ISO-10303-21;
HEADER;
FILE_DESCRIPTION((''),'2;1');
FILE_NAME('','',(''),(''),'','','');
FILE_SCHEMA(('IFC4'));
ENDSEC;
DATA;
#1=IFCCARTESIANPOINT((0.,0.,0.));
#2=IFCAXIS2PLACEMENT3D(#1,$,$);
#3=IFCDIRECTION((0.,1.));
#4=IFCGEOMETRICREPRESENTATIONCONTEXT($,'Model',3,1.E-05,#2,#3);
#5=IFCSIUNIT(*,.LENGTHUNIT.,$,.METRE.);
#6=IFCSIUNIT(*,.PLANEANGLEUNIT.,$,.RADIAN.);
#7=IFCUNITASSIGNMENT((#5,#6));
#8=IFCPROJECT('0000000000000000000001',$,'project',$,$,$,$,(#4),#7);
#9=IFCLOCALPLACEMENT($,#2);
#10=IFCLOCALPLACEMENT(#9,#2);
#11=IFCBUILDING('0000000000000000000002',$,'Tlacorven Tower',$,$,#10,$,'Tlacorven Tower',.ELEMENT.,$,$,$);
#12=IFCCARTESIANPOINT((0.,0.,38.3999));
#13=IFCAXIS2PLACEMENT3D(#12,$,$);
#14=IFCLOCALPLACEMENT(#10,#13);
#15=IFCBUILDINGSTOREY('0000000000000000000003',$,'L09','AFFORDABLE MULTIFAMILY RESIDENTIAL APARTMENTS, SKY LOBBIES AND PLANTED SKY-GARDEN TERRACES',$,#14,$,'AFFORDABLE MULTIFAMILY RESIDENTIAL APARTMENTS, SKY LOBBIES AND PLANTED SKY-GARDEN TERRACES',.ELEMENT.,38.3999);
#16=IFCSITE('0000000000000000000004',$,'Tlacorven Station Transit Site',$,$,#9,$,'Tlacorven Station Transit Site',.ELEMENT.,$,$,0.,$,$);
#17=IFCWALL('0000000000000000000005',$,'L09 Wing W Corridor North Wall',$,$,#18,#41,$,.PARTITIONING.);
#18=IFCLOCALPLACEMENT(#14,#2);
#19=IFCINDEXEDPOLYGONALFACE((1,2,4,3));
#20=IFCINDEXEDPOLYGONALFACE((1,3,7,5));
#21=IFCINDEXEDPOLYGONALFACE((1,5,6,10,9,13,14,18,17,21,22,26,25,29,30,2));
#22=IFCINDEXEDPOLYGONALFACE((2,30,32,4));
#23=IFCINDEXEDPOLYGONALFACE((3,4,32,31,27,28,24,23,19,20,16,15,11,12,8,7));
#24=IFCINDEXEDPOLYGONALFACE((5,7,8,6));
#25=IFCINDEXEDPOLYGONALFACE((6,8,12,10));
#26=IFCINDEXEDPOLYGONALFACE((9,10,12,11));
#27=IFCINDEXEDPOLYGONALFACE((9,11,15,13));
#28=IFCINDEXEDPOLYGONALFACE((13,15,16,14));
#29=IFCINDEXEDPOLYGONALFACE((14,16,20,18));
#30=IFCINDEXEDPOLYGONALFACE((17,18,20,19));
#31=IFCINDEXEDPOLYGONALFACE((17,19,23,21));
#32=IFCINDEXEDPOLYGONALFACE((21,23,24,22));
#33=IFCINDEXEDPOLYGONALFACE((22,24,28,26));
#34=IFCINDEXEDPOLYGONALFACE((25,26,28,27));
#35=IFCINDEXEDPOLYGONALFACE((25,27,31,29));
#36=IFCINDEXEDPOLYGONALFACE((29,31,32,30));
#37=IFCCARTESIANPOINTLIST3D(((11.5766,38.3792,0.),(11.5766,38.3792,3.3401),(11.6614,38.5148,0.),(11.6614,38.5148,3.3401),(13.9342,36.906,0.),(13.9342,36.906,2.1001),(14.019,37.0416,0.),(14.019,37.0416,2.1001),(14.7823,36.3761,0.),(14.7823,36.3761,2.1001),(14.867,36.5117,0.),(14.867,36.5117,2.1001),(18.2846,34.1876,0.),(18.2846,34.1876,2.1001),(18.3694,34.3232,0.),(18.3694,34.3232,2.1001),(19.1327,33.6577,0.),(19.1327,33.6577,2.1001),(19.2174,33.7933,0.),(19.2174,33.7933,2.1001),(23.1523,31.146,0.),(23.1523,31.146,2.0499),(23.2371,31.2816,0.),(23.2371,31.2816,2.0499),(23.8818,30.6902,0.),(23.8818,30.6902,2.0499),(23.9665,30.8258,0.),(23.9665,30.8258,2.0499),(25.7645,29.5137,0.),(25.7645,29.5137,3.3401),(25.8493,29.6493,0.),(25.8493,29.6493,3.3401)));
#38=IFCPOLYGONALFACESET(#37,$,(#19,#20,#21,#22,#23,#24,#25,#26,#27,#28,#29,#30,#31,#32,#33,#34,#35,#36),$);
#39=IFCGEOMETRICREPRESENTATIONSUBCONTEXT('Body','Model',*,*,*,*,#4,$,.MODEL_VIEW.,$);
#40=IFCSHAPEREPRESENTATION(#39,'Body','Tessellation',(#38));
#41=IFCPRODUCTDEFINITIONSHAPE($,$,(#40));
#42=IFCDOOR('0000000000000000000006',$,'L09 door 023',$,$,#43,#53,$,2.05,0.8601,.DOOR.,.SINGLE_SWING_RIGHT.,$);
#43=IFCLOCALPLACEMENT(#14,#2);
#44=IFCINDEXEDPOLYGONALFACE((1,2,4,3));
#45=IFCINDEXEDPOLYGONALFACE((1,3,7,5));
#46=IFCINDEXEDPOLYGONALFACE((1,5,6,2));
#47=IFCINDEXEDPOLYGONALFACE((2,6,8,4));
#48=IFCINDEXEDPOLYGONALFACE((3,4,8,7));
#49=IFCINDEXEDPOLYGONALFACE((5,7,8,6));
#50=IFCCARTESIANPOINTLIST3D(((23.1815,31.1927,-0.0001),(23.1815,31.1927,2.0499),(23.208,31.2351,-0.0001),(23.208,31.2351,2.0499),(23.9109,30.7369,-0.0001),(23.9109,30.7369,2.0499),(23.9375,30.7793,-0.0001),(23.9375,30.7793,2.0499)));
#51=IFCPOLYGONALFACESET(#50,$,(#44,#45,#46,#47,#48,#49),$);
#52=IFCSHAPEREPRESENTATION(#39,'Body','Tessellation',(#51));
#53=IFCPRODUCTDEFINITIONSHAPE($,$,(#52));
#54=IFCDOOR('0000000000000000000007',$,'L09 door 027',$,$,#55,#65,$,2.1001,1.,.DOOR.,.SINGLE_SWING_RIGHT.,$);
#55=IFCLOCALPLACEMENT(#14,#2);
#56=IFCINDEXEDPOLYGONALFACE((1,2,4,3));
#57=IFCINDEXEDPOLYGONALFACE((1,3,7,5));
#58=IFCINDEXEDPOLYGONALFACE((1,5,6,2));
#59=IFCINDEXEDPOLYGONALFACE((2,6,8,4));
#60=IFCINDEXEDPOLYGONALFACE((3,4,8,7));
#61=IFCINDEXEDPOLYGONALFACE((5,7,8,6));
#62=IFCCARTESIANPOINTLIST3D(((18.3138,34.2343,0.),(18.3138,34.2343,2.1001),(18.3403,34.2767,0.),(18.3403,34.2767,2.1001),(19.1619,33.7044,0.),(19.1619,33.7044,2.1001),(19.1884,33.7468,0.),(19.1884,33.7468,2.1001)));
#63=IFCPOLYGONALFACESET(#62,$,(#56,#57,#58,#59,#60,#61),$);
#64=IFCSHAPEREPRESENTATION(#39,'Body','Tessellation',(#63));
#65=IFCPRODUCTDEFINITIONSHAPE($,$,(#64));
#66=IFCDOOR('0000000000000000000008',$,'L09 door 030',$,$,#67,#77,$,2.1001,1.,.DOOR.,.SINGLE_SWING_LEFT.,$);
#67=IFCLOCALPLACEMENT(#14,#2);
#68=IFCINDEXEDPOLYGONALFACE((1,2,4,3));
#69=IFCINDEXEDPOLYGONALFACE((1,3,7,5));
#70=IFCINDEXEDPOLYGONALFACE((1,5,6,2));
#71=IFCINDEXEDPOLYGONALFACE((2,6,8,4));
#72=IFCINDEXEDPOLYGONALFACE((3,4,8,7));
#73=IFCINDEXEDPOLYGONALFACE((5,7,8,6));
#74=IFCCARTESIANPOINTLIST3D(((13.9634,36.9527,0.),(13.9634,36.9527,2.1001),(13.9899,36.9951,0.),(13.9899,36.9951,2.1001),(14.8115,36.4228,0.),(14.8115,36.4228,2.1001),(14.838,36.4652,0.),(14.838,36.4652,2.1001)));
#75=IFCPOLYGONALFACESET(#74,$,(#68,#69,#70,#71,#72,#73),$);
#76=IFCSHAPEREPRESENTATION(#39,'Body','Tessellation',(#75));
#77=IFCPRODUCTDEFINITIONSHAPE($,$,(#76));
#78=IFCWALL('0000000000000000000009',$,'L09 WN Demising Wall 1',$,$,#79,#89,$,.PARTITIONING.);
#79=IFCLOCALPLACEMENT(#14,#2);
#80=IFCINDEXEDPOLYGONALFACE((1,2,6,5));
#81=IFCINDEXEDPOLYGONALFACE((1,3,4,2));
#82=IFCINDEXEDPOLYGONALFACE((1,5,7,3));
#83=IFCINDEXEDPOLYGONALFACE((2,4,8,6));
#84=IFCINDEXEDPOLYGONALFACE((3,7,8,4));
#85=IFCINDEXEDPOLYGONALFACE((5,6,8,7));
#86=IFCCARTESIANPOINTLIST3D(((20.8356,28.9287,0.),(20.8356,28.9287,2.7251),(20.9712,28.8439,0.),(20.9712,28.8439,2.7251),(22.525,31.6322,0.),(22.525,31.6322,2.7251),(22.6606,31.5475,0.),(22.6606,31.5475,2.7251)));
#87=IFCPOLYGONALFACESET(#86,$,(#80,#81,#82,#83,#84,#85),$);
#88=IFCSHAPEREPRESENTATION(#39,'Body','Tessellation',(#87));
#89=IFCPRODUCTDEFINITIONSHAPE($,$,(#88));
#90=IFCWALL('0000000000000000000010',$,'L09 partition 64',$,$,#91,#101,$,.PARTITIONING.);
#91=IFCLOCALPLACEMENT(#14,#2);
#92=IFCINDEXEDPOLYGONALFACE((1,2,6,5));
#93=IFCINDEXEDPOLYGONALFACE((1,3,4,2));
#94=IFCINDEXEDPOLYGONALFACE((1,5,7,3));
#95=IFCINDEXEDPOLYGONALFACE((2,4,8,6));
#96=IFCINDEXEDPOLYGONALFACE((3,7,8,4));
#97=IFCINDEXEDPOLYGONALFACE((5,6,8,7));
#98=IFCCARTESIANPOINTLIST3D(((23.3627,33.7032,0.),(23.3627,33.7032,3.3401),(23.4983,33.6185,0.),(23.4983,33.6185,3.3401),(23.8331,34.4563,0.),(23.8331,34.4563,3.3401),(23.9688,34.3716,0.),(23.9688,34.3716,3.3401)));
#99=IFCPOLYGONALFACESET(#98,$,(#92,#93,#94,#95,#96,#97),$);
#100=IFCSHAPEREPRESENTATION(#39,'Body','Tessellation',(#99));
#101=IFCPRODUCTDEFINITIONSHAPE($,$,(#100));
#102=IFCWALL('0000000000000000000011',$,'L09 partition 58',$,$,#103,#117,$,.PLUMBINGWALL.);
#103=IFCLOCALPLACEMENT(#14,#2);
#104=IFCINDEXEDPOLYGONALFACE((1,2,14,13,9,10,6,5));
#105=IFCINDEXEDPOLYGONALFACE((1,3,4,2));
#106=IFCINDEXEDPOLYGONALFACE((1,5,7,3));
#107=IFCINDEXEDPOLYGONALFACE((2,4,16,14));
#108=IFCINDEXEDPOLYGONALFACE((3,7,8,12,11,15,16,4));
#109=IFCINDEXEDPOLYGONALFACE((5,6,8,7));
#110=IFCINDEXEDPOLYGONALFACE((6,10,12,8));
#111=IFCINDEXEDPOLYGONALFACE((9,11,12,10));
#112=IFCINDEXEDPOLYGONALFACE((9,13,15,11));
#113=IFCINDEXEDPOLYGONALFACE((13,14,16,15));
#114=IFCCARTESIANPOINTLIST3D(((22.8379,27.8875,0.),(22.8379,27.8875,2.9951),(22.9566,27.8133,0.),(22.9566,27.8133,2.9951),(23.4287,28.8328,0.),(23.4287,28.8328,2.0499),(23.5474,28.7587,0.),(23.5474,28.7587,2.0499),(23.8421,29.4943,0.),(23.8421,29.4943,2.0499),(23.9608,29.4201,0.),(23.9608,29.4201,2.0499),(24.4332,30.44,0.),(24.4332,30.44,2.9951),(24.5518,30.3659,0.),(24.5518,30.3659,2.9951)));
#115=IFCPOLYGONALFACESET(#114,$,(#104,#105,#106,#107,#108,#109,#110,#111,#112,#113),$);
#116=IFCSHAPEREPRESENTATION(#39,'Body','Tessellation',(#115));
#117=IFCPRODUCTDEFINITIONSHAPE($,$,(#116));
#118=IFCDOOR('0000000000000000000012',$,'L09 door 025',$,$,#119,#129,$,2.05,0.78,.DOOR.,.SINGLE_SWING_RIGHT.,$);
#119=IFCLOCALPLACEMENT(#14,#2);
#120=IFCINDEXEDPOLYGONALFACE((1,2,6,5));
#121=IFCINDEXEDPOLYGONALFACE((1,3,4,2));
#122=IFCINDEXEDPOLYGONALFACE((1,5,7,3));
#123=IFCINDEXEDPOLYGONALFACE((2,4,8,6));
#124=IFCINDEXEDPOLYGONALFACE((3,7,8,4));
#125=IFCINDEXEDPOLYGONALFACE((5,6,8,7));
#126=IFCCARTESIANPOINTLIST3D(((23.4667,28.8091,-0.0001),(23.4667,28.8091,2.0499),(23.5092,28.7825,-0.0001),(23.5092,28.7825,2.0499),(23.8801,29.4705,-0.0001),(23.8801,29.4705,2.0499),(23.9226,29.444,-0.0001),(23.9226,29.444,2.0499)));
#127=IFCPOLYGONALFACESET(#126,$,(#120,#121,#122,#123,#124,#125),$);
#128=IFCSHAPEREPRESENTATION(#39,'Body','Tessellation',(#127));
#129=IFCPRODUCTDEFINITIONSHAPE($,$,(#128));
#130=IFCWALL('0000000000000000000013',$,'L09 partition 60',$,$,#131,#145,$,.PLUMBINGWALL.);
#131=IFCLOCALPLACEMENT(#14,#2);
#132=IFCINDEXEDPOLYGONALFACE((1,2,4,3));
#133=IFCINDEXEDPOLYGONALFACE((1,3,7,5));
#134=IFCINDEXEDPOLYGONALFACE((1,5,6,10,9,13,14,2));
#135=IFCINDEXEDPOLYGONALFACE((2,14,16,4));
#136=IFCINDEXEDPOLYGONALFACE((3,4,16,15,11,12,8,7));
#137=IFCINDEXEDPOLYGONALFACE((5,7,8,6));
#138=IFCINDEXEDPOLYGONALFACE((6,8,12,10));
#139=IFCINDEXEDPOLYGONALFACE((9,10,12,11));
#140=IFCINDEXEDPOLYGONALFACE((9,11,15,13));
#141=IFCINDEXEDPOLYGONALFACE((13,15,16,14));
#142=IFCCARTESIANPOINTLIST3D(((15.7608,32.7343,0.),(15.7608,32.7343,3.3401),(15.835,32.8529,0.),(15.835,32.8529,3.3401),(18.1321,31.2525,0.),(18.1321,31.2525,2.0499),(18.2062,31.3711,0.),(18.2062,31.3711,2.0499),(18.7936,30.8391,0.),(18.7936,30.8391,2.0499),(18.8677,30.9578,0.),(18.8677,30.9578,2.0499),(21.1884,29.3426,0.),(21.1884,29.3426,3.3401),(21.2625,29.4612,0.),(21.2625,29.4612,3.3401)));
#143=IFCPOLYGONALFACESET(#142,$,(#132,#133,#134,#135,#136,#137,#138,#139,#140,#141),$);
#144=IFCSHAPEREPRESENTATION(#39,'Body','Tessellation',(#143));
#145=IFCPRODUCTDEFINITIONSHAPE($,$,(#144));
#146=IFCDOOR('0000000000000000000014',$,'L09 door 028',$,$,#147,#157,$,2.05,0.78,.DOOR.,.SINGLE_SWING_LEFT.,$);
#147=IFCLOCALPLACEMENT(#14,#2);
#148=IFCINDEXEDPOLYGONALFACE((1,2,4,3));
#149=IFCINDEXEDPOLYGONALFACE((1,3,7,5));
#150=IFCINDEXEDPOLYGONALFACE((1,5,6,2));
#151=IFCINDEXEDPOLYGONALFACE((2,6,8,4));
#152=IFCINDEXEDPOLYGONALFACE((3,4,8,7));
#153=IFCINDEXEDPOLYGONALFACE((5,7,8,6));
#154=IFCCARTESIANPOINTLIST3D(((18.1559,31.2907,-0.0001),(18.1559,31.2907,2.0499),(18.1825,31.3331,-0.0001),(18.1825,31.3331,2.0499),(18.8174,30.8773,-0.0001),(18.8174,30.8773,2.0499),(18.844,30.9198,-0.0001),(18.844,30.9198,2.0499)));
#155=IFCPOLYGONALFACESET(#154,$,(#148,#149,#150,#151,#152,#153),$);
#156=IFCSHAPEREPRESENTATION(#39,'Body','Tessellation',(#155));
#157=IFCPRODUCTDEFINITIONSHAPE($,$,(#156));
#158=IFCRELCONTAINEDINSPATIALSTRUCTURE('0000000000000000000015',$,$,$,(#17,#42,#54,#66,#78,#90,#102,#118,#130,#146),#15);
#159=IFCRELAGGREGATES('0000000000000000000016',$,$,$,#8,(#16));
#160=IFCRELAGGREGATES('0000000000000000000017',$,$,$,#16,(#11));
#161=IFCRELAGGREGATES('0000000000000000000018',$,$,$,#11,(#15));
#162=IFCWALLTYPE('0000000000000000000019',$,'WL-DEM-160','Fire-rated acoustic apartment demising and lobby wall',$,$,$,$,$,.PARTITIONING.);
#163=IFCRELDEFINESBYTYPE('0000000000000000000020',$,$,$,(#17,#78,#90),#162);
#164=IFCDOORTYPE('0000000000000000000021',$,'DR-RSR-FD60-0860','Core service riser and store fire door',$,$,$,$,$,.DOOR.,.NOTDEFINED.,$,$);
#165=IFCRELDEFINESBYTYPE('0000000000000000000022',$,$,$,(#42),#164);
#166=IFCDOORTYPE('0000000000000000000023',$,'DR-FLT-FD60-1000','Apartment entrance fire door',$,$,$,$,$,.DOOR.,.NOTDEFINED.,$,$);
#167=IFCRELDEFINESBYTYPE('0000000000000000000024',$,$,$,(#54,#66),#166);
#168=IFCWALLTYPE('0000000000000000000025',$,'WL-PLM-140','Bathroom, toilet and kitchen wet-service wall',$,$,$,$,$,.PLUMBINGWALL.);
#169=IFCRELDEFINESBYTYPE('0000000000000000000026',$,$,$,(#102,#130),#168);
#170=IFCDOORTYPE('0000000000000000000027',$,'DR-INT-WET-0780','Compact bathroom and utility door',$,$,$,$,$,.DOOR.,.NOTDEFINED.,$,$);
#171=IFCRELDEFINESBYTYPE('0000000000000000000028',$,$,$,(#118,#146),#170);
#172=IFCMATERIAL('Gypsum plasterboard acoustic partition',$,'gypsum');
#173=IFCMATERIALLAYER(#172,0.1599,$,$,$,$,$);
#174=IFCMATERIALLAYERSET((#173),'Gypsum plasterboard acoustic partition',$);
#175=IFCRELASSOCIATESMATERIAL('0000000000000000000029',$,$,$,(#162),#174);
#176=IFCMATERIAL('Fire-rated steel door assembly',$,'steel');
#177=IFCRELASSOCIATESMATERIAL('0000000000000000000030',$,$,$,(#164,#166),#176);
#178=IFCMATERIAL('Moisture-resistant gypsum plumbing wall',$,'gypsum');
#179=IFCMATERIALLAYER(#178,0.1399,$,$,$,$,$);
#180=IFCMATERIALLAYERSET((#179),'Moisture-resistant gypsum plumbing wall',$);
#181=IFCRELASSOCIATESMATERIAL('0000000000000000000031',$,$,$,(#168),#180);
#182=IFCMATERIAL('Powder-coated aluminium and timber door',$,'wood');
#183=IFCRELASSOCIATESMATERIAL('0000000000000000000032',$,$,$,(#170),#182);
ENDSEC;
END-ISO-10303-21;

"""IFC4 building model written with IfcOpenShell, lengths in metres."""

from ifc_helpers import new_model, si_unit, direction, frame, frame_2d, origin, place, context, subcontext, project, spatial, rectangle, extrude, source, transform, mapped, material, layer, layer_set, type_object, element, fill, save


model = new_model("IFC4")

# Units and contexts
model_context = context("Model", 3, precision=1e-05, world=origin(), true_north=direction((0.0, 1.0)))
body_context = subcontext(model_context, "Body", "Model", "MODEL_VIEW")
ifc_project = project(units=[si_unit("LENGTHUNIT", "METRE"), si_unit("PLANEANGLEUNIT", "RADIAN")], contexts=[model_context])

# Site, building, storey
site_placement = place(None, origin())
site = spatial("IfcSite", under=ifc_project, at=site_placement, Name="Tlacorven Station Transit Site", LongName="Tlacorven Station Transit Site", CompositionType="ELEMENT", RefElevation=0.0)
building_placement = place(site_placement, origin())
building = spatial("IfcBuilding", under=site, at=building_placement, Name="Tlacorven Tower", LongName="Tlacorven Tower", CompositionType="ELEMENT")
storey_placement = place(building_placement, frame((0.0, 0.0, 38.3999)))
storey = spatial("IfcBuildingStorey", under=building, at=storey_placement, Name="L09", Description="AFFORDABLE MULTIFAMILY RESIDENTIAL APARTMENTS, SKY LOBBIES AND PLANTED SKY-GARDEN TERRACES", LongName="AFFORDABLE MULTIFAMILY RESIDENTIAL APARTMENTS, SKY LOBBIES AND PLANTED SKY-GARDEN TERRACES", CompositionType="ELEMENT", Elevation=38.3999)

# Shared definitions
ifc_material_1 = material(Name="Gypsum plasterboard acoustic partition", Category="gypsum")
ifc_layer_1 = layer(ifc_material_1, 0.1599)
ifc_layer_set_1 = layer_set([ifc_layer_1], Name="Gypsum plasterboard acoustic partition")
wall_type_1 = type_object("IfcWallType", Name="WL-DEM-160", Description="Fire-rated acoustic apartment demising and lobby wall", PredefinedType="PARTITIONING", material=ifc_layer_set_1)

# Wall, openings, doors
wall_1_placement = place(storey_placement, frame((25.8069, 29.5815, 0.0), z_axis=(0.0, 0.0, 1.0), x_axis=(-0.848052, 0.529912, 0.0)))
wall_1 = element("IfcWall", 1, at=wall_1_placement, inside=storey, type_object=wall_type_1, Name="L09 Wing W Corridor North Wall", PredefinedType="PARTITIONING", context=body_context, shape_type="SweptSolid", body=[
    extrude(rectangle(XDim=16.73, YDim=0.1599, at=frame_2d((8.365, 0.0))), origin(), (0.0, 0.0, 1.0), 3.3401),
])
opening_1_placement = place(wall_1_placement, frame((2.22, 0.0, 0.0)))
opening_1 = element("IfcOpeningElement", 2, at=opening_1_placement, cuts=wall_1, PredefinedType="OPENING", context=body_context, shape_type="SweptSolid", body=[
    extrude(rectangle(XDim=0.8601, YDim=2.05, at=frame_2d((0.4302, 1.0249))), frame((0.0, 0.0898, 0.0), z_axis=(0.0, -1.0, 0.0), x_axis=(1.0, 0.0, 0.0)), (0.0, 0.0, 1.0), 0.1799),
])
opening_2_placement = place(wall_1_placement, frame((7.8201, 0.0, 0.0)))
opening_2 = element("IfcOpeningElement", 3, at=opening_2_placement, cuts=wall_1, PredefinedType="OPENING", context=body_context, shape_type="SweptSolid", body=[
    extrude(rectangle(XDim=1.0, YDim=2.1001, at=frame_2d((0.5, 1.05))), frame((0.0, 0.0898, 0.0), z_axis=(0.0, -1.0, 0.0), x_axis=(1.0, 0.0, 0.0)), (0.0, 0.0, 1.0), 0.1799),
])
opening_3_placement = place(wall_1_placement, frame((12.95, 0.0, 0.0)))
opening_3 = element("IfcOpeningElement", 4, at=opening_3_placement, cuts=wall_1, PredefinedType="OPENING", context=body_context, shape_type="SweptSolid", body=[
    extrude(rectangle(XDim=1.0, YDim=2.1001, at=frame_2d((0.5, 1.05))), frame((0.0, 0.0898, 0.0), z_axis=(0.0, -1.0, 0.0), x_axis=(1.0, 0.0, 0.0)), (0.0, 0.0, 1.0), 0.1799),
])
ifc_material_2 = material(Name="Fire-rated steel door assembly", Category="steel")
door_type_1 = type_object("IfcDoorType", Name="DR-RSR-FD60-0860", Description="Core service riser and store fire door", OperationType="NOTDEFINED", PredefinedType="DOOR", material=ifc_material_2)
shared_shape_1 = source(origin(), body_context, "Body", "SweptSolid", [
    extrude(rectangle(XDim=0.8601, YDim=2.05, at=frame_2d((0.4302, 1.0249))), frame((0.0, 0.0249, 0.0), z_axis=(0.0, -1.0, 0.0), x_axis=(1.0, 0.0, 0.0)), (0.0, 0.0, 1.0), 0.05),
])
door_1_placement = place(opening_1_placement, origin())
door_1 = element("IfcDoor", 5, at=door_1_placement, inside=storey, type_object=door_type_1, Name="L09 door 023", OperationType="SINGLE_SWING_RIGHT", OverallHeight=2.05, OverallWidth=0.8601, PredefinedType="DOOR", context=body_context, shape_type="MappedRepresentation", body=[
    mapped(shared_shape_1, transform((0.0, 0.0, 0.0), scale=1.0)),
])
fill(opening_1, door_1)
door_type_2 = type_object("IfcDoorType", Name="DR-FLT-FD60-1000", Description="Apartment entrance fire door", OperationType="NOTDEFINED", PredefinedType="DOOR", material=ifc_material_2)
shared_shape_2 = source(origin(), body_context, "Body", "SweptSolid", [
    extrude(rectangle(XDim=1.0, YDim=2.1001, at=frame_2d((0.5, 1.05))), frame((0.0, 0.0249, 0.0), z_axis=(0.0, -1.0, 0.0), x_axis=(1.0, 0.0, 0.0)), (0.0, 0.0, 1.0), 0.05),
])
door_2_placement = place(opening_2_placement, origin())
door_2 = element("IfcDoor", 6, at=door_2_placement, inside=storey, type_object=door_type_2, Name="L09 door 027", OperationType="SINGLE_SWING_RIGHT", OverallHeight=2.1001, OverallWidth=1.0, PredefinedType="DOOR", context=body_context, shape_type="MappedRepresentation", body=[
    mapped(shared_shape_2, transform((0.0, 0.0, 0.0), scale=1.0)),
])
fill(opening_2, door_2)
door_3_placement = place(opening_3_placement, origin())
door_3 = element("IfcDoor", 7, at=door_3_placement, inside=storey, type_object=door_type_2, Name="L09 door 030", OperationType="SINGLE_SWING_LEFT", OverallHeight=2.1001, OverallWidth=1.0, PredefinedType="DOOR", context=body_context, shape_type="MappedRepresentation", body=[
    mapped(shared_shape_2, transform((0.0, 0.0, 0.0), scale=1.0)),
])
fill(opening_3, door_3)

# Walls
wall_2_placement = place(storey_placement, frame((22.5928, 31.5898, 0.0), z_axis=(0.0, 0.0, 1.0), x_axis=(-0.52993, -0.848041, 0.0)))
element("IfcWall", 8, at=wall_2_placement, inside=storey, type_object=wall_type_1, Name="L09 WN Demising Wall 1", PredefinedType="PARTITIONING", context=body_context, shape_type="SweptSolid", body=[
    extrude(rectangle(XDim=3.188, YDim=0.1599, at=frame_2d((1.594, 0.0))), origin(), (0.0, 0.0, 1.0), 2.7251),
])
wall_3_placement = place(storey_placement, frame((23.9009, 34.4138, 0.0), z_axis=(0.0, 0.0, 1.0), x_axis=(-0.529777, -0.848137, 0.0)))
element("IfcWall", 9, at=wall_3_placement, inside=storey, type_object=wall_type_1, Name="L09 partition 64", PredefinedType="PARTITIONING", context=body_context, shape_type="SweptSolid", body=[
    extrude(rectangle(XDim=0.8879, YDim=0.1599, at=frame_2d((0.4438, 0.0))), origin(), (0.0, 0.0, 1.0), 3.3401),
])

# Walls, openings, doors
ifc_material_3 = material(Name="Moisture-resistant gypsum plumbing wall", Category="gypsum")
ifc_layer_2 = layer(ifc_material_3, 0.1399)
ifc_layer_set_2 = layer_set([ifc_layer_2], Name="Moisture-resistant gypsum plumbing wall")
wall_type_2 = type_object("IfcWallType", Name="WL-PLM-140", Description="Bathroom, toilet and kitchen wet-service wall", PredefinedType="PLUMBINGWALL", material=ifc_layer_set_2)
wall_4_placement = place(storey_placement, frame((24.4924, 30.4028, 0.0), z_axis=(0.0, 0.0, 1.0), x_axis=(-0.529977, -0.848012, 0.0)))
wall_4 = element("IfcWall", 10, at=wall_4_placement, inside=storey, type_object=wall_type_2, Name="L09 partition 58", PredefinedType="PLUMBINGWALL", context=body_context, shape_type="SweptSolid", body=[
    extrude(rectangle(XDim=3.01, YDim=0.1399, at=frame_2d((1.5049, 0.0))), origin(), (0.0, 0.0, 1.0), 2.9951),
])
opening_4_placement = place(wall_4_placement, frame((1.115, 0.0, 0.0)))
opening_4 = element("IfcOpeningElement", 11, at=opening_4_placement, cuts=wall_4, PredefinedType="OPENING", context=body_context, shape_type="SweptSolid", body=[
    extrude(rectangle(XDim=0.78, YDim=2.05, at=frame_2d((0.3901, 1.0249))), frame((0.0, 0.0801, 0.0), z_axis=(0.0, -1.0, 0.0), x_axis=(1.0, 0.0, 0.0)), (0.0, 0.0, 1.0), 0.1599),
])
ifc_material_4 = material(Name="Powder-coated aluminium and timber door", Category="wood")
door_type_3 = type_object("IfcDoorType", Name="DR-INT-WET-0780", Description="Compact bathroom and utility door", OperationType="NOTDEFINED", PredefinedType="DOOR", material=ifc_material_4)
shared_shape_3 = source(origin(), body_context, "Body", "SweptSolid", [
    extrude(rectangle(XDim=0.78, YDim=2.05, at=frame_2d((0.3901, 1.0249))), frame((0.0, 0.0249, 0.0), z_axis=(0.0, -1.0, 0.0), x_axis=(1.0, 0.0, 0.0)), (0.0, 0.0, 1.0), 0.05),
])
door_4_placement = place(opening_4_placement, origin())
door_4 = element("IfcDoor", 12, at=door_4_placement, inside=storey, type_object=door_type_3, Name="L09 door 025", OperationType="SINGLE_SWING_RIGHT", OverallHeight=2.05, OverallWidth=0.78, PredefinedType="DOOR", context=body_context, shape_type="MappedRepresentation", body=[
    mapped(shared_shape_3, transform((0.0, 0.0, 0.0), scale=1.0)),
])
fill(opening_4, door_4)
wall_5_placement = place(storey_placement, frame((21.2256, 29.4019, 0.0), z_axis=(0.0, 0.0, 1.0), x_axis=(-0.848039, 0.529934, 0.0)))
wall_5 = element("IfcWall", 13, at=wall_5_placement, inside=storey, type_object=wall_type_2, Name="L09 partition 60", PredefinedType="PLUMBINGWALL", context=body_context, shape_type="SweptSolid", body=[
    extrude(rectangle(XDim=6.4001, YDim=0.1399, at=frame_2d((3.2002, 0.0))), origin(), (0.0, 0.0, 1.0), 3.3401),
])
opening_5_placement = place(wall_5_placement, frame((2.824, 0.0, 0.0)))
opening_5 = element("IfcOpeningElement", 14, at=opening_5_placement, cuts=wall_5, PredefinedType="OPENING", context=body_context, shape_type="SweptSolid", body=[
    extrude(rectangle(XDim=0.78, YDim=2.05, at=frame_2d((0.3901, 1.0249))), frame((0.0, 0.0801, 0.0), z_axis=(0.0, -1.0, 0.0), x_axis=(1.0, 0.0, 0.0)), (0.0, 0.0, 1.0), 0.1599),
])
door_5_placement = place(opening_5_placement, origin())
door_5 = element("IfcDoor", 15, at=door_5_placement, inside=storey, type_object=door_type_3, Name="L09 door 028", OperationType="SINGLE_SWING_LEFT", OverallHeight=2.05, OverallWidth=0.78, PredefinedType="DOOR", context=body_context, shape_type="MappedRepresentation", body=[
    mapped(shared_shape_3, transform((0.0, 0.0, 0.0), scale=1.0)),
])
fill(opening_5, door_5)

save(model, "model.ifc")
